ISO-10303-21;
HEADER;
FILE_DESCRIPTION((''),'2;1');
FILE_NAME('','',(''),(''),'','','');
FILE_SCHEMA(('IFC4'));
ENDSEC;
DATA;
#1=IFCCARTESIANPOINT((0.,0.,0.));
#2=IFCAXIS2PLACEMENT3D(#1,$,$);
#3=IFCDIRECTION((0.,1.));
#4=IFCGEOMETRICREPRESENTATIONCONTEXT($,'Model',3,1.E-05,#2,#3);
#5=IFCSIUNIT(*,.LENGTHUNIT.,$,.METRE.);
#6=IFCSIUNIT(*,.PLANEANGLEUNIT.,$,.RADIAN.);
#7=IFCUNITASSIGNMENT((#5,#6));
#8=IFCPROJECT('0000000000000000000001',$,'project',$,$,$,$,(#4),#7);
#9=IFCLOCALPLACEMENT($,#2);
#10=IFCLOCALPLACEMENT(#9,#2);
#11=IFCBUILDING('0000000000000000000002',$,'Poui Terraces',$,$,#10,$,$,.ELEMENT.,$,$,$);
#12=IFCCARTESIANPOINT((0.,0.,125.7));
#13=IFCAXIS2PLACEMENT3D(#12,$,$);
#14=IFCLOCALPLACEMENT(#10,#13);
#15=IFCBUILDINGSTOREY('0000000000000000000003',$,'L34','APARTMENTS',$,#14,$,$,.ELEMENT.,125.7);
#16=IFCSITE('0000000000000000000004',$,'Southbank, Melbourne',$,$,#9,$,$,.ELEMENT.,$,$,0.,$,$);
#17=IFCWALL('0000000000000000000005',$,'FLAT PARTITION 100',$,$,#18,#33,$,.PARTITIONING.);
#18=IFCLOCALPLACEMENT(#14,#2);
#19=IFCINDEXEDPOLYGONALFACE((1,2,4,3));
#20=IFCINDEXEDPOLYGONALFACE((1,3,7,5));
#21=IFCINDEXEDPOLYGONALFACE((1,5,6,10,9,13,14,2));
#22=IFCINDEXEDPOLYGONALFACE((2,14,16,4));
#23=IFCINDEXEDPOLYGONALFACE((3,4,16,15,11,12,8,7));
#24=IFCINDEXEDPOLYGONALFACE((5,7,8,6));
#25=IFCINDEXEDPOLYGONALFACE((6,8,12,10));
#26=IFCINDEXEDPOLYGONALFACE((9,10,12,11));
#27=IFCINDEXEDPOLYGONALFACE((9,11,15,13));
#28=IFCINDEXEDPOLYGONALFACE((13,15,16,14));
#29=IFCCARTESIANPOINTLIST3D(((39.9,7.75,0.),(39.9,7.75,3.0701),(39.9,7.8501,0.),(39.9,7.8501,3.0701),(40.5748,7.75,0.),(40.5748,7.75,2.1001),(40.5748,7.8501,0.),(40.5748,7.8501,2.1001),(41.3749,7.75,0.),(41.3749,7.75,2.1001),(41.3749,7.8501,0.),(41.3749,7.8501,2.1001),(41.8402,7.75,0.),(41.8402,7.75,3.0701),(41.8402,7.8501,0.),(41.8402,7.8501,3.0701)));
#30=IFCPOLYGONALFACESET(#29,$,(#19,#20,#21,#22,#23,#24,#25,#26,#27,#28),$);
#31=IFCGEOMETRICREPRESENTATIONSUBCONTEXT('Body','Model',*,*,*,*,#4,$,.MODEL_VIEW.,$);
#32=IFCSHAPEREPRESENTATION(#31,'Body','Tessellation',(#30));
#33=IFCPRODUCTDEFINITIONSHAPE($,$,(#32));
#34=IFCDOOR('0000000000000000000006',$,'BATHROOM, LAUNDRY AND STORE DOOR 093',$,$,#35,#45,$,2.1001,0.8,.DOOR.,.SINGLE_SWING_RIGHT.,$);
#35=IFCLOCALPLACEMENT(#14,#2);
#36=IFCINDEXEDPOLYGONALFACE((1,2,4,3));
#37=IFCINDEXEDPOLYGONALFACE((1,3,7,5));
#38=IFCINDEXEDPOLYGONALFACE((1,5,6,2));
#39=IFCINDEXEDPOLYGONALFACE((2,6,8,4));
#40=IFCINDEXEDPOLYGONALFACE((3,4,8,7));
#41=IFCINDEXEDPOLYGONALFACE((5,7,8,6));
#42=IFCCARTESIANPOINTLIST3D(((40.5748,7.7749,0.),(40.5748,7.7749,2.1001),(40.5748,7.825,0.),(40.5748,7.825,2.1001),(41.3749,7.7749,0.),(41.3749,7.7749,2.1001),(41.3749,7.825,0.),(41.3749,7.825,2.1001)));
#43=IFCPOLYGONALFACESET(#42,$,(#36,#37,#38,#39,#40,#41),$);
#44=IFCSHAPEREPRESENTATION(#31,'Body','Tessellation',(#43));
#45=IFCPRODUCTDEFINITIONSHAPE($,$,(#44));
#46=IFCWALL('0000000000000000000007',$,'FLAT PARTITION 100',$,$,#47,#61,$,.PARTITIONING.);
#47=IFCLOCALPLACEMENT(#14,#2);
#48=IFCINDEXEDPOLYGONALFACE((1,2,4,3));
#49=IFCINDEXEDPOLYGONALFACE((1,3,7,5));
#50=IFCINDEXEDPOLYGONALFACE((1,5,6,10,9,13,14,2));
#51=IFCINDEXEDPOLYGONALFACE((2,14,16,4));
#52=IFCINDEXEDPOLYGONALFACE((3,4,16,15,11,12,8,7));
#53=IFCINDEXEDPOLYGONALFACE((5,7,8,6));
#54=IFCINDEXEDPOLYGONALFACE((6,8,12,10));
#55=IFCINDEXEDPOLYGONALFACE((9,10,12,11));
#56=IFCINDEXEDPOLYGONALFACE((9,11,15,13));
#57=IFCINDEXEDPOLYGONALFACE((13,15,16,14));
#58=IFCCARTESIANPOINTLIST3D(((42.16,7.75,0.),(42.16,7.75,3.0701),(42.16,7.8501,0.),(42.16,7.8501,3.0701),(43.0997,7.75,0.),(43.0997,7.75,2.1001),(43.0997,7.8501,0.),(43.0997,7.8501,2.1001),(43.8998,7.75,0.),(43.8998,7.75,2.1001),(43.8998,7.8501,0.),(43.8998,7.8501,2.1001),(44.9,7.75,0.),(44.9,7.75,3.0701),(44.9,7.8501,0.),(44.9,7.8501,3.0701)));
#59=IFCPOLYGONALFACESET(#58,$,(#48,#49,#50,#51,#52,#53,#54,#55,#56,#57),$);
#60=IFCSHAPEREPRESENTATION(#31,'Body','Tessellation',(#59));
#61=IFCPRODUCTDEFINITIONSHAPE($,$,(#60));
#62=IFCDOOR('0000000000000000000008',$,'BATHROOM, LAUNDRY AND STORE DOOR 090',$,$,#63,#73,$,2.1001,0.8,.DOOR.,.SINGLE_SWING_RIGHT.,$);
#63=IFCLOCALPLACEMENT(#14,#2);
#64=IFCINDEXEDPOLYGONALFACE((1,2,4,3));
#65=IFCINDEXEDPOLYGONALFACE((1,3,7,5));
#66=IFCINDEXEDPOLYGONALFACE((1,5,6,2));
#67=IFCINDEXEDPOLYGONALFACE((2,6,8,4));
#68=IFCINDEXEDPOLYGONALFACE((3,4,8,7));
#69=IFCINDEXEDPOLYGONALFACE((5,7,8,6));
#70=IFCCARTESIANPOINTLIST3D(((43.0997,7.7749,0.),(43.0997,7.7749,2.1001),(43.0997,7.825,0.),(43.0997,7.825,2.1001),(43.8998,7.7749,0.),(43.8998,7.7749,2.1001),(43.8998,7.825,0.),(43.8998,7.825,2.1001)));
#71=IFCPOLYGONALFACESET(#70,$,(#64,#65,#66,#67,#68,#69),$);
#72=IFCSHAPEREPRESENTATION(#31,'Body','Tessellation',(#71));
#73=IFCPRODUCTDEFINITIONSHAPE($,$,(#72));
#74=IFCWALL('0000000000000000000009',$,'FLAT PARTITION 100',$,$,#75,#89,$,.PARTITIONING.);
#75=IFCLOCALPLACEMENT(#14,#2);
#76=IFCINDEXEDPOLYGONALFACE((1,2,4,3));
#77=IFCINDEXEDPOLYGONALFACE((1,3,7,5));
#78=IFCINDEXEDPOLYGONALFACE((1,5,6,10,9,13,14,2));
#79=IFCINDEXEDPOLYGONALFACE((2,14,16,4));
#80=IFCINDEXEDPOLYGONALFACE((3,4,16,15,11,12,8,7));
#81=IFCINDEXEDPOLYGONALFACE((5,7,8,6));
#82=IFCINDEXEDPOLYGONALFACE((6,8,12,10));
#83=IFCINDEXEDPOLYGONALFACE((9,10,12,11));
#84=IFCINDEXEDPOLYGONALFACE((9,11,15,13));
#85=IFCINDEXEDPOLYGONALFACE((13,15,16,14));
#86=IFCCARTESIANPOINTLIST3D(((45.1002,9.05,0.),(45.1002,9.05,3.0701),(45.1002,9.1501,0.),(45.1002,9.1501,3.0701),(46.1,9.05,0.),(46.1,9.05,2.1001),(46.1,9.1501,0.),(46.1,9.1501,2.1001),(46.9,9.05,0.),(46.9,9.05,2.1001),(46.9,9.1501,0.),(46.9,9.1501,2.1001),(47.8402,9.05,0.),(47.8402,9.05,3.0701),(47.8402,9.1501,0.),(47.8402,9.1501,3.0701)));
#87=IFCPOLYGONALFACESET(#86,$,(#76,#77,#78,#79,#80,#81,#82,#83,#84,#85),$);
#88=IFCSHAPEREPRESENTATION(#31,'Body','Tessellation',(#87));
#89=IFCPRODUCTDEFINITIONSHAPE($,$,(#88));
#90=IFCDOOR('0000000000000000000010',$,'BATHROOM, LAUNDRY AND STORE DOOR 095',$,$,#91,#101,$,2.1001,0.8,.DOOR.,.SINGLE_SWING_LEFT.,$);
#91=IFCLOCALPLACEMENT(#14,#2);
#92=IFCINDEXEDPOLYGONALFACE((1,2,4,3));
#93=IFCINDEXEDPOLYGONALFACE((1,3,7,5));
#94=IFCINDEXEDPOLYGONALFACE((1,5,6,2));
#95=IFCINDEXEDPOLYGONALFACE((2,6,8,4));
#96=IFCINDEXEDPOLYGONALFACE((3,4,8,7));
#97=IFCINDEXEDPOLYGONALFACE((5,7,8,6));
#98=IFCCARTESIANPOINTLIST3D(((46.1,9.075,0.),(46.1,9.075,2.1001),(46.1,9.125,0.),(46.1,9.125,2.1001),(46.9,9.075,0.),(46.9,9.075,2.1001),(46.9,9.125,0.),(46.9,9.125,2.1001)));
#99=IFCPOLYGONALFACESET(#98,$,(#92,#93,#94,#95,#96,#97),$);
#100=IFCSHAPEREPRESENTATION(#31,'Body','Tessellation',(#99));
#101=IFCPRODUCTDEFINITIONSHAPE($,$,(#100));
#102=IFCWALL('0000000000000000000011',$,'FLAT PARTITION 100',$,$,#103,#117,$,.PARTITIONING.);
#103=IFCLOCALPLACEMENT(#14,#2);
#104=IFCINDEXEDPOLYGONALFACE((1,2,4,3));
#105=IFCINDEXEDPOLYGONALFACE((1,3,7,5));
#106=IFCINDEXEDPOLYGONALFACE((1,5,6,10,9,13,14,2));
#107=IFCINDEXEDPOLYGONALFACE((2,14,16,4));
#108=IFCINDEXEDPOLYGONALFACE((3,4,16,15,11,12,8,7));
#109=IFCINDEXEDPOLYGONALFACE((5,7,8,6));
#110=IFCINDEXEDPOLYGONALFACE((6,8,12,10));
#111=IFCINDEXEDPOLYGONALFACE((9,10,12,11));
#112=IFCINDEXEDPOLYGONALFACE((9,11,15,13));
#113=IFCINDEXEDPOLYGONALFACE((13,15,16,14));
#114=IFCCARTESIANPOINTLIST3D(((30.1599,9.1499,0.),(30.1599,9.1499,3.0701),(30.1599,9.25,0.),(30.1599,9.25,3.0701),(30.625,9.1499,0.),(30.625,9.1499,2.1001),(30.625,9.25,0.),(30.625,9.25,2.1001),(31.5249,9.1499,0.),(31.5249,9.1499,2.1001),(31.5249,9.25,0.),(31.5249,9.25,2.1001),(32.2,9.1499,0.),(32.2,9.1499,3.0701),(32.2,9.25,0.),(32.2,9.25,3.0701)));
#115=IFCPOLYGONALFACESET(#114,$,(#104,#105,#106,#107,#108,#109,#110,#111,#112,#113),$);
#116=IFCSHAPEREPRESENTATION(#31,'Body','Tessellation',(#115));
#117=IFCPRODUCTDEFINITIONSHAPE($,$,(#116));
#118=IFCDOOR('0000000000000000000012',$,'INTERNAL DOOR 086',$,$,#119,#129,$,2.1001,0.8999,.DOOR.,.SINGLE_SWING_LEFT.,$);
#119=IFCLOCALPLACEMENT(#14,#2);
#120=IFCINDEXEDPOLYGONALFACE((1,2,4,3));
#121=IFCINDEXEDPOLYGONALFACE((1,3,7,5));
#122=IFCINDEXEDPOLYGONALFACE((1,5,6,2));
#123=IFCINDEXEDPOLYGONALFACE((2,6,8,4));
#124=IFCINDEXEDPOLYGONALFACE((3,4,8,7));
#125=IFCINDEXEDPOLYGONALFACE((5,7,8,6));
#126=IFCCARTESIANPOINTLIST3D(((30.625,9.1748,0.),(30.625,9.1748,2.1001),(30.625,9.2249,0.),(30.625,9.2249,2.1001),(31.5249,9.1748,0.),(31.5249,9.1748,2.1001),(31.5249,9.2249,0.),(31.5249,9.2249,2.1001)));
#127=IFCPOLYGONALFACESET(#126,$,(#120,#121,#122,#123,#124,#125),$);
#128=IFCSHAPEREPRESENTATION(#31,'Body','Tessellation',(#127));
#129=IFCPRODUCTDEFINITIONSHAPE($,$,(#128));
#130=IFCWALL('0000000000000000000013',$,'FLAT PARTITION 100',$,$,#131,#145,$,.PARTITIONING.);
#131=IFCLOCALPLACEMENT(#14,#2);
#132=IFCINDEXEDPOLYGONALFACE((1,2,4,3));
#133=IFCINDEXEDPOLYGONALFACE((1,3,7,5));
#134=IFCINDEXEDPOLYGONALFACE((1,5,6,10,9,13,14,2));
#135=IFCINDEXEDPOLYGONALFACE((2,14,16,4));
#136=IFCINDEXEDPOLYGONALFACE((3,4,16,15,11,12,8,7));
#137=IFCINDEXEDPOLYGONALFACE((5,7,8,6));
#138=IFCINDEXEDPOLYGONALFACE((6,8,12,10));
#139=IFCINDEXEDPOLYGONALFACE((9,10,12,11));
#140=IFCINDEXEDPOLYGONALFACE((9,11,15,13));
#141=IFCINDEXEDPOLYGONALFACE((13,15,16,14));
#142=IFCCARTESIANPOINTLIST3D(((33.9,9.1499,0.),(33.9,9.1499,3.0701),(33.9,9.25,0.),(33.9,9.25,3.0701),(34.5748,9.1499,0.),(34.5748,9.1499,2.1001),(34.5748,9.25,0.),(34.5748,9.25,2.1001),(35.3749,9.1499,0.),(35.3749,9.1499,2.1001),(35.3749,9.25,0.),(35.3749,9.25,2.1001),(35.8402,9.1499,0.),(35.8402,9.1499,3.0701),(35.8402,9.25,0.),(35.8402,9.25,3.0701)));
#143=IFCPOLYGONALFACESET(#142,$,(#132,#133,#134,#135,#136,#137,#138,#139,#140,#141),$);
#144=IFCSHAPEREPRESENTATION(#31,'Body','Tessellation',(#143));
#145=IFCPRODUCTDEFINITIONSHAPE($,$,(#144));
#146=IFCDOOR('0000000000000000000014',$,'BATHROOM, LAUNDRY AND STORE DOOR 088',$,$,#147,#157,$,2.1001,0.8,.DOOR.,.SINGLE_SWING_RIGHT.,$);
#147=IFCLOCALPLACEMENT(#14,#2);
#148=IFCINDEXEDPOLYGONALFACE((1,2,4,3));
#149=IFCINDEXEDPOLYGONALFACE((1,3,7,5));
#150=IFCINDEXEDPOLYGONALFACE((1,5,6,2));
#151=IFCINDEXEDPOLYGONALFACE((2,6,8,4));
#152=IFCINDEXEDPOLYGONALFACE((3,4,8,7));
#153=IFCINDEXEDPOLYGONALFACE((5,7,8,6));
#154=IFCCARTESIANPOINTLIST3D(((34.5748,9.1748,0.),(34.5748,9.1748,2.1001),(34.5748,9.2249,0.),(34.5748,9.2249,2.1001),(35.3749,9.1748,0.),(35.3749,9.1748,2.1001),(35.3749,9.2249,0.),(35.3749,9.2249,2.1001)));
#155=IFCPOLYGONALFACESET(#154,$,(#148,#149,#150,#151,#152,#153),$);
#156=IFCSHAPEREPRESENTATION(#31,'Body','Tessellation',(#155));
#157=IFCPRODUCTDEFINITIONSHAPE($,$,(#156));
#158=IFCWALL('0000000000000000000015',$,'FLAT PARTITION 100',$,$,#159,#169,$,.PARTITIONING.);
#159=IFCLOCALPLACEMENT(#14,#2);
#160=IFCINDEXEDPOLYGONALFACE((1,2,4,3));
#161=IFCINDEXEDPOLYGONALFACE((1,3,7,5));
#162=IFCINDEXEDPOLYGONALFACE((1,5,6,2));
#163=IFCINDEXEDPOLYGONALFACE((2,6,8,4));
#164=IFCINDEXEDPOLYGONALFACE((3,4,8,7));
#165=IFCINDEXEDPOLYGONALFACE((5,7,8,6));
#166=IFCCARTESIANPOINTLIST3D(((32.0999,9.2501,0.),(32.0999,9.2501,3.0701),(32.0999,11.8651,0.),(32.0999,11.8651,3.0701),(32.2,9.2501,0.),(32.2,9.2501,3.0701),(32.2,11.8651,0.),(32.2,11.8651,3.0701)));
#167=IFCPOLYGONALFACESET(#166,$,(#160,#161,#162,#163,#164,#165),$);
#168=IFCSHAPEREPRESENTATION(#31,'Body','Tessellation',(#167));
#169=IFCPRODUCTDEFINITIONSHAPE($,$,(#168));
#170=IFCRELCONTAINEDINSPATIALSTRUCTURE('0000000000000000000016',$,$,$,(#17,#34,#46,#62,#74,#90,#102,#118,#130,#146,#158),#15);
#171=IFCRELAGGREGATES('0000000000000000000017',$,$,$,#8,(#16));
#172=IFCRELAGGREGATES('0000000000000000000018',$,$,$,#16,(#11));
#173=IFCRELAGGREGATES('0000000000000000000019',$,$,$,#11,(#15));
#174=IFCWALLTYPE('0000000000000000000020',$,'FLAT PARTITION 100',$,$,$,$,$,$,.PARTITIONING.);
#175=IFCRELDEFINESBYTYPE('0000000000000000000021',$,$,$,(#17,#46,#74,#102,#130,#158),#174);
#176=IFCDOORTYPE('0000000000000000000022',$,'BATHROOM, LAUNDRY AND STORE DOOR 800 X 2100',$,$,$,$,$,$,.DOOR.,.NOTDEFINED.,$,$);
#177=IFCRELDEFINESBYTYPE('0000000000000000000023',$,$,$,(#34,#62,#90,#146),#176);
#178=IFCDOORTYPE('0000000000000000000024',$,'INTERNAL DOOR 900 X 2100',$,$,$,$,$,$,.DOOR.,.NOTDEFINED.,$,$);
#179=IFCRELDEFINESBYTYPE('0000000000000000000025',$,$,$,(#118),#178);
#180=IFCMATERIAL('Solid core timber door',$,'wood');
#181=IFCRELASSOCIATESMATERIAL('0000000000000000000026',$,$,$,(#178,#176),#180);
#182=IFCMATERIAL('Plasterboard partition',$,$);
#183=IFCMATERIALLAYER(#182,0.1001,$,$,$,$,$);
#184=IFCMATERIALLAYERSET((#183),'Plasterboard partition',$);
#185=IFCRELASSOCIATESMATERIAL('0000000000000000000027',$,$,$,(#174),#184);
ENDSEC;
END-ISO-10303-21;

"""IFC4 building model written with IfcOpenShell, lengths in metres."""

from ifc_helpers import new_model, si_unit, direction, frame, frame_2d, origin, place, context, subcontext, project, spatial, rectangle, extrude, material, layer, layer_set, type_object, element, fill, save


model = new_model("IFC4")

# Units and contexts
model_context = context("Model", 3, precision=1e-05, world=origin(), true_north=direction((0.0, 1.0)))
body_context = subcontext(model_context, "Body", "Model", "MODEL_VIEW")
ifc_project = project(units=[si_unit("LENGTHUNIT", "METRE"), si_unit("PLANEANGLEUNIT", "RADIAN")], contexts=[model_context])

# Site, building, storey
site_placement = place(None, origin())
site = spatial("IfcSite", under=ifc_project, at=site_placement, Name="Southbank, Melbourne", CompositionType="ELEMENT", RefElevation=0.0)
building_placement = place(site_placement, origin())
building = spatial("IfcBuilding", under=site, at=building_placement, Name="Poui Terraces", CompositionType="ELEMENT")
storey_placement = place(building_placement, frame((0.0, 0.0, 125.7)))
storey = spatial("IfcBuildingStorey", under=building, at=storey_placement, Name="L34", Description="APARTMENTS", CompositionType="ELEMENT", Elevation=125.7)

# Shared definitions
ifc_material_1 = material(Name="Solid core timber door", Category="wood")
door_type_1 = type_object("IfcDoorType", Name="INTERNAL DOOR 900 X 2100", OperationType="NOTDEFINED", PredefinedType="DOOR", material=ifc_material_1)

# Walls, openings, doors
ifc_material_2 = material(Name="Plasterboard partition")
ifc_layer_1 = layer(ifc_material_2, 0.1001)
ifc_layer_set_1 = layer_set([ifc_layer_1], Name="Plasterboard partition")
wall_type_1 = type_object("IfcWallType", Name="FLAT PARTITION 100", PredefinedType="PARTITIONING", material=ifc_layer_set_1)
wall_1_placement = place(storey_placement, frame((39.8999, 7.8, 0.0), z_axis=(0.0, 0.0, 1.0), x_axis=(1.0, 0.0, 0.0)))
wall_1 = element("IfcWall", 1, at=wall_1_placement, inside=storey, type_object=wall_type_1, Name="FLAT PARTITION 100", PredefinedType="PARTITIONING", context=body_context, shape_type="SweptSolid", body=[
    extrude(rectangle(XDim=1.9402, YDim=0.1001, at=frame_2d((0.9702, 0.0))), origin(), (0.0, 0.0, 1.0), 3.0701),
])
opening_1_placement = place(wall_1_placement, frame((0.675, 0.0, 0.0)))
opening_1 = element("IfcOpeningElement", 2, at=opening_1_placement, cuts=wall_1, PredefinedType="OPENING", context=body_context, shape_type="SweptSolid", body=[
    extrude(rectangle(XDim=0.8, YDim=2.1001, at=frame_2d((0.3999, 1.05))), frame((0.0, 0.0601, 0.0), z_axis=(0.0, -1.0, 0.0), x_axis=(1.0, 0.0, 0.0)), (0.0, 0.0, 1.0), 0.1201),
])
door_type_2 = type_object("IfcDoorType", Name="BATHROOM, LAUNDRY AND STORE DOOR 800 X 2100", OperationType="NOTDEFINED", PredefinedType="DOOR", material=ifc_material_1)
door_1_placement = place(opening_1_placement, origin())
door_1 = element("IfcDoor", 3, at=door_1_placement, inside=storey, type_object=door_type_2, Name="BATHROOM, LAUNDRY AND STORE DOOR 093", OperationType="SINGLE_SWING_RIGHT", OverallHeight=2.1001, OverallWidth=0.8, PredefinedType="DOOR", context=body_context, shape_type="SweptSolid", body=[
    extrude(rectangle(XDim=0.8, YDim=2.1001, at=frame_2d((0.3999, 1.05))), frame((0.0, 0.0249, 0.0), z_axis=(0.0, -1.0, 0.0), x_axis=(1.0, 0.0, 0.0)), (0.0, 0.0, 1.0), 0.05),
])
fill(opening_1, door_1)
wall_2_placement = place(storey_placement, frame((42.1599, 7.8, 0.0), z_axis=(0.0, 0.0, 1.0), x_axis=(1.0, 0.0, 0.0)))
wall_2 = element("IfcWall", 4, at=wall_2_placement, inside=storey, type_object=wall_type_1, Name="FLAT PARTITION 100", PredefinedType="PARTITIONING", context=body_context, shape_type="SweptSolid", body=[
    extrude(rectangle(XDim=2.74, YDim=0.1001, at=frame_2d((1.3701, 0.0))), origin(), (0.0, 0.0, 1.0), 3.0701),
])
opening_2_placement = place(wall_2_placement, frame((0.9399, 0.0, 0.0)))
opening_2 = element("IfcOpeningElement", 5, at=opening_2_placement, cuts=wall_2, PredefinedType="OPENING", context=body_context, shape_type="SweptSolid", body=[
    extrude(rectangle(XDim=0.8, YDim=2.1001, at=frame_2d((0.3999, 1.05))), frame((0.0, 0.0601, 0.0), z_axis=(0.0, -1.0, 0.0), x_axis=(1.0, 0.0, 0.0)), (0.0, 0.0, 1.0), 0.1201),
])
door_2_placement = place(opening_2_placement, origin())
door_2 = element("IfcDoor", 6, at=door_2_placement, inside=storey, type_object=door_type_2, Name="BATHROOM, LAUNDRY AND STORE DOOR 090", OperationType="SINGLE_SWING_RIGHT", OverallHeight=2.1001, OverallWidth=0.8, PredefinedType="DOOR", context=body_context, shape_type="SweptSolid", body=[
    extrude(rectangle(XDim=0.8, YDim=2.1001, at=frame_2d((0.3999, 1.05))), frame((0.0, 0.0249, 0.0), z_axis=(0.0, -1.0, 0.0), x_axis=(1.0, 0.0, 0.0)), (0.0, 0.0, 1.0), 0.05),
])
fill(opening_2, door_2)
wall_3_placement = place(storey_placement, frame((45.1001, 9.1001, 0.0), z_axis=(0.0, 0.0, 1.0), x_axis=(1.0, 0.0, 0.0)))
wall_3 = element("IfcWall", 7, at=wall_3_placement, inside=storey, type_object=wall_type_1, Name="FLAT PARTITION 100", PredefinedType="PARTITIONING", context=body_context, shape_type="SweptSolid", body=[
    extrude(rectangle(XDim=2.74, YDim=0.1001, at=frame_2d((1.3701, 0.0))), origin(), (0.0, 0.0, 1.0), 3.0701),
])
opening_3_placement = place(wall_3_placement, frame((1.0, 0.0, 0.0)))
opening_3 = element("IfcOpeningElement", 8, at=opening_3_placement, cuts=wall_3, PredefinedType="OPENING", context=body_context, shape_type="SweptSolid", body=[
    extrude(rectangle(XDim=0.8, YDim=2.1001, at=frame_2d((0.3999, 1.05))), frame((0.0, 0.0601, 0.0), z_axis=(0.0, -1.0, 0.0), x_axis=(1.0, 0.0, 0.0)), (0.0, 0.0, 1.0), 0.1201),
])
door_3_placement = place(opening_3_placement, origin())
door_3 = element("IfcDoor", 9, at=door_3_placement, inside=storey, type_object=door_type_2, Name="BATHROOM, LAUNDRY AND STORE DOOR 095", OperationType="SINGLE_SWING_LEFT", OverallHeight=2.1001, OverallWidth=0.8, PredefinedType="DOOR", context=body_context, shape_type="SweptSolid", body=[
    extrude(rectangle(XDim=0.8, YDim=2.1001, at=frame_2d((0.3999, 1.05))), frame((0.0, 0.0249, 0.0), z_axis=(0.0, -1.0, 0.0), x_axis=(1.0, 0.0, 0.0)), (0.0, 0.0, 1.0), 0.05),
])
fill(opening_3, door_3)
wall_4_placement = place(storey_placement, frame((30.1599, 9.2, 0.0), z_axis=(0.0, 0.0, 1.0), x_axis=(1.0, 0.0, 0.0)))
wall_4 = element("IfcWall", 10, at=wall_4_placement, inside=storey, type_object=wall_type_1, Name="FLAT PARTITION 100", PredefinedType="PARTITIONING", context=body_context, shape_type="SweptSolid", body=[
    extrude(rectangle(XDim=2.04, YDim=0.1001, at=frame_2d((1.02, 0.0))), origin(), (0.0, 0.0, 1.0), 3.0701),
])
opening_4_placement = place(wall_4_placement, frame((0.4651, 0.0, 0.0)))
opening_4 = element("IfcOpeningElement", 11, at=opening_4_placement, cuts=wall_4, PredefinedType="OPENING", context=body_context, shape_type="SweptSolid", body=[
    extrude(rectangle(XDim=0.8999, YDim=2.1001, at=frame_2d((0.45, 1.05))), frame((0.0, 0.0601, 0.0), z_axis=(0.0, -1.0, 0.0), x_axis=(1.0, 0.0, 0.0)), (0.0, 0.0, 1.0), 0.1201),
])
door_4_placement = place(opening_4_placement, origin())
door_4 = element("IfcDoor", 12, at=door_4_placement, inside=storey, type_object=door_type_1, Name="INTERNAL DOOR 086", OperationType="SINGLE_SWING_LEFT", OverallHeight=2.1001, OverallWidth=0.8999, PredefinedType="DOOR", context=body_context, shape_type="SweptSolid", body=[
    extrude(rectangle(XDim=0.8999, YDim=2.1001, at=frame_2d((0.45, 1.05))), frame((0.0, 0.0249, 0.0), z_axis=(0.0, -1.0, 0.0), x_axis=(1.0, 0.0, 0.0)), (0.0, 0.0, 1.0), 0.05),
])
fill(opening_4, door_4)
wall_5_placement = place(storey_placement, frame((33.8999, 9.2, 0.0), z_axis=(0.0, 0.0, 1.0), x_axis=(1.0, 0.0, 0.0)))
wall_5 = element("IfcWall", 13, at=wall_5_placement, inside=storey, type_object=wall_type_1, Name="FLAT PARTITION 100", PredefinedType="PARTITIONING", context=body_context, shape_type="SweptSolid", body=[
    extrude(rectangle(XDim=1.9402, YDim=0.1001, at=frame_2d((0.9702, 0.0))), origin(), (0.0, 0.0, 1.0), 3.0701),
])
opening_5_placement = place(wall_5_placement, frame((0.675, 0.0, 0.0)))
opening_5 = element("IfcOpeningElement", 14, at=opening_5_placement, cuts=wall_5, PredefinedType="OPENING", context=body_context, shape_type="SweptSolid", body=[
    extrude(rectangle(XDim=0.8, YDim=2.1001, at=frame_2d((0.3999, 1.05))), frame((0.0, 0.0601, 0.0), z_axis=(0.0, -1.0, 0.0), x_axis=(1.0, 0.0, 0.0)), (0.0, 0.0, 1.0), 0.1201),
])
door_5_placement = place(opening_5_placement, origin())
door_5 = element("IfcDoor", 15, at=door_5_placement, inside=storey, type_object=door_type_2, Name="BATHROOM, LAUNDRY AND STORE DOOR 088", OperationType="SINGLE_SWING_RIGHT", OverallHeight=2.1001, OverallWidth=0.8, PredefinedType="DOOR", context=body_context, shape_type="SweptSolid", body=[
    extrude(rectangle(XDim=0.8, YDim=2.1001, at=frame_2d((0.3999, 1.05))), frame((0.0, 0.0249, 0.0), z_axis=(0.0, -1.0, 0.0), x_axis=(1.0, 0.0, 0.0)), (0.0, 0.0, 1.0), 0.05),
])
fill(opening_5, door_5)

# Wall
wall_6_placement = place(storey_placement, frame((32.1499, 9.25, 0.0), z_axis=(0.0, 0.0, 1.0), x_axis=(0.0, 1.0, 0.0)))
element("IfcWall", 16, at=wall_6_placement, inside=storey, type_object=wall_type_1, Name="FLAT PARTITION 100", PredefinedType="PARTITIONING", context=body_context, shape_type="SweptSolid", body=[
    extrude(rectangle(XDim=2.615, YDim=0.1001, at=frame_2d((1.3076, 0.0))), origin(), (0.0, 0.0, 1.0), 3.0701),
])

save(model, "model.ifc")
